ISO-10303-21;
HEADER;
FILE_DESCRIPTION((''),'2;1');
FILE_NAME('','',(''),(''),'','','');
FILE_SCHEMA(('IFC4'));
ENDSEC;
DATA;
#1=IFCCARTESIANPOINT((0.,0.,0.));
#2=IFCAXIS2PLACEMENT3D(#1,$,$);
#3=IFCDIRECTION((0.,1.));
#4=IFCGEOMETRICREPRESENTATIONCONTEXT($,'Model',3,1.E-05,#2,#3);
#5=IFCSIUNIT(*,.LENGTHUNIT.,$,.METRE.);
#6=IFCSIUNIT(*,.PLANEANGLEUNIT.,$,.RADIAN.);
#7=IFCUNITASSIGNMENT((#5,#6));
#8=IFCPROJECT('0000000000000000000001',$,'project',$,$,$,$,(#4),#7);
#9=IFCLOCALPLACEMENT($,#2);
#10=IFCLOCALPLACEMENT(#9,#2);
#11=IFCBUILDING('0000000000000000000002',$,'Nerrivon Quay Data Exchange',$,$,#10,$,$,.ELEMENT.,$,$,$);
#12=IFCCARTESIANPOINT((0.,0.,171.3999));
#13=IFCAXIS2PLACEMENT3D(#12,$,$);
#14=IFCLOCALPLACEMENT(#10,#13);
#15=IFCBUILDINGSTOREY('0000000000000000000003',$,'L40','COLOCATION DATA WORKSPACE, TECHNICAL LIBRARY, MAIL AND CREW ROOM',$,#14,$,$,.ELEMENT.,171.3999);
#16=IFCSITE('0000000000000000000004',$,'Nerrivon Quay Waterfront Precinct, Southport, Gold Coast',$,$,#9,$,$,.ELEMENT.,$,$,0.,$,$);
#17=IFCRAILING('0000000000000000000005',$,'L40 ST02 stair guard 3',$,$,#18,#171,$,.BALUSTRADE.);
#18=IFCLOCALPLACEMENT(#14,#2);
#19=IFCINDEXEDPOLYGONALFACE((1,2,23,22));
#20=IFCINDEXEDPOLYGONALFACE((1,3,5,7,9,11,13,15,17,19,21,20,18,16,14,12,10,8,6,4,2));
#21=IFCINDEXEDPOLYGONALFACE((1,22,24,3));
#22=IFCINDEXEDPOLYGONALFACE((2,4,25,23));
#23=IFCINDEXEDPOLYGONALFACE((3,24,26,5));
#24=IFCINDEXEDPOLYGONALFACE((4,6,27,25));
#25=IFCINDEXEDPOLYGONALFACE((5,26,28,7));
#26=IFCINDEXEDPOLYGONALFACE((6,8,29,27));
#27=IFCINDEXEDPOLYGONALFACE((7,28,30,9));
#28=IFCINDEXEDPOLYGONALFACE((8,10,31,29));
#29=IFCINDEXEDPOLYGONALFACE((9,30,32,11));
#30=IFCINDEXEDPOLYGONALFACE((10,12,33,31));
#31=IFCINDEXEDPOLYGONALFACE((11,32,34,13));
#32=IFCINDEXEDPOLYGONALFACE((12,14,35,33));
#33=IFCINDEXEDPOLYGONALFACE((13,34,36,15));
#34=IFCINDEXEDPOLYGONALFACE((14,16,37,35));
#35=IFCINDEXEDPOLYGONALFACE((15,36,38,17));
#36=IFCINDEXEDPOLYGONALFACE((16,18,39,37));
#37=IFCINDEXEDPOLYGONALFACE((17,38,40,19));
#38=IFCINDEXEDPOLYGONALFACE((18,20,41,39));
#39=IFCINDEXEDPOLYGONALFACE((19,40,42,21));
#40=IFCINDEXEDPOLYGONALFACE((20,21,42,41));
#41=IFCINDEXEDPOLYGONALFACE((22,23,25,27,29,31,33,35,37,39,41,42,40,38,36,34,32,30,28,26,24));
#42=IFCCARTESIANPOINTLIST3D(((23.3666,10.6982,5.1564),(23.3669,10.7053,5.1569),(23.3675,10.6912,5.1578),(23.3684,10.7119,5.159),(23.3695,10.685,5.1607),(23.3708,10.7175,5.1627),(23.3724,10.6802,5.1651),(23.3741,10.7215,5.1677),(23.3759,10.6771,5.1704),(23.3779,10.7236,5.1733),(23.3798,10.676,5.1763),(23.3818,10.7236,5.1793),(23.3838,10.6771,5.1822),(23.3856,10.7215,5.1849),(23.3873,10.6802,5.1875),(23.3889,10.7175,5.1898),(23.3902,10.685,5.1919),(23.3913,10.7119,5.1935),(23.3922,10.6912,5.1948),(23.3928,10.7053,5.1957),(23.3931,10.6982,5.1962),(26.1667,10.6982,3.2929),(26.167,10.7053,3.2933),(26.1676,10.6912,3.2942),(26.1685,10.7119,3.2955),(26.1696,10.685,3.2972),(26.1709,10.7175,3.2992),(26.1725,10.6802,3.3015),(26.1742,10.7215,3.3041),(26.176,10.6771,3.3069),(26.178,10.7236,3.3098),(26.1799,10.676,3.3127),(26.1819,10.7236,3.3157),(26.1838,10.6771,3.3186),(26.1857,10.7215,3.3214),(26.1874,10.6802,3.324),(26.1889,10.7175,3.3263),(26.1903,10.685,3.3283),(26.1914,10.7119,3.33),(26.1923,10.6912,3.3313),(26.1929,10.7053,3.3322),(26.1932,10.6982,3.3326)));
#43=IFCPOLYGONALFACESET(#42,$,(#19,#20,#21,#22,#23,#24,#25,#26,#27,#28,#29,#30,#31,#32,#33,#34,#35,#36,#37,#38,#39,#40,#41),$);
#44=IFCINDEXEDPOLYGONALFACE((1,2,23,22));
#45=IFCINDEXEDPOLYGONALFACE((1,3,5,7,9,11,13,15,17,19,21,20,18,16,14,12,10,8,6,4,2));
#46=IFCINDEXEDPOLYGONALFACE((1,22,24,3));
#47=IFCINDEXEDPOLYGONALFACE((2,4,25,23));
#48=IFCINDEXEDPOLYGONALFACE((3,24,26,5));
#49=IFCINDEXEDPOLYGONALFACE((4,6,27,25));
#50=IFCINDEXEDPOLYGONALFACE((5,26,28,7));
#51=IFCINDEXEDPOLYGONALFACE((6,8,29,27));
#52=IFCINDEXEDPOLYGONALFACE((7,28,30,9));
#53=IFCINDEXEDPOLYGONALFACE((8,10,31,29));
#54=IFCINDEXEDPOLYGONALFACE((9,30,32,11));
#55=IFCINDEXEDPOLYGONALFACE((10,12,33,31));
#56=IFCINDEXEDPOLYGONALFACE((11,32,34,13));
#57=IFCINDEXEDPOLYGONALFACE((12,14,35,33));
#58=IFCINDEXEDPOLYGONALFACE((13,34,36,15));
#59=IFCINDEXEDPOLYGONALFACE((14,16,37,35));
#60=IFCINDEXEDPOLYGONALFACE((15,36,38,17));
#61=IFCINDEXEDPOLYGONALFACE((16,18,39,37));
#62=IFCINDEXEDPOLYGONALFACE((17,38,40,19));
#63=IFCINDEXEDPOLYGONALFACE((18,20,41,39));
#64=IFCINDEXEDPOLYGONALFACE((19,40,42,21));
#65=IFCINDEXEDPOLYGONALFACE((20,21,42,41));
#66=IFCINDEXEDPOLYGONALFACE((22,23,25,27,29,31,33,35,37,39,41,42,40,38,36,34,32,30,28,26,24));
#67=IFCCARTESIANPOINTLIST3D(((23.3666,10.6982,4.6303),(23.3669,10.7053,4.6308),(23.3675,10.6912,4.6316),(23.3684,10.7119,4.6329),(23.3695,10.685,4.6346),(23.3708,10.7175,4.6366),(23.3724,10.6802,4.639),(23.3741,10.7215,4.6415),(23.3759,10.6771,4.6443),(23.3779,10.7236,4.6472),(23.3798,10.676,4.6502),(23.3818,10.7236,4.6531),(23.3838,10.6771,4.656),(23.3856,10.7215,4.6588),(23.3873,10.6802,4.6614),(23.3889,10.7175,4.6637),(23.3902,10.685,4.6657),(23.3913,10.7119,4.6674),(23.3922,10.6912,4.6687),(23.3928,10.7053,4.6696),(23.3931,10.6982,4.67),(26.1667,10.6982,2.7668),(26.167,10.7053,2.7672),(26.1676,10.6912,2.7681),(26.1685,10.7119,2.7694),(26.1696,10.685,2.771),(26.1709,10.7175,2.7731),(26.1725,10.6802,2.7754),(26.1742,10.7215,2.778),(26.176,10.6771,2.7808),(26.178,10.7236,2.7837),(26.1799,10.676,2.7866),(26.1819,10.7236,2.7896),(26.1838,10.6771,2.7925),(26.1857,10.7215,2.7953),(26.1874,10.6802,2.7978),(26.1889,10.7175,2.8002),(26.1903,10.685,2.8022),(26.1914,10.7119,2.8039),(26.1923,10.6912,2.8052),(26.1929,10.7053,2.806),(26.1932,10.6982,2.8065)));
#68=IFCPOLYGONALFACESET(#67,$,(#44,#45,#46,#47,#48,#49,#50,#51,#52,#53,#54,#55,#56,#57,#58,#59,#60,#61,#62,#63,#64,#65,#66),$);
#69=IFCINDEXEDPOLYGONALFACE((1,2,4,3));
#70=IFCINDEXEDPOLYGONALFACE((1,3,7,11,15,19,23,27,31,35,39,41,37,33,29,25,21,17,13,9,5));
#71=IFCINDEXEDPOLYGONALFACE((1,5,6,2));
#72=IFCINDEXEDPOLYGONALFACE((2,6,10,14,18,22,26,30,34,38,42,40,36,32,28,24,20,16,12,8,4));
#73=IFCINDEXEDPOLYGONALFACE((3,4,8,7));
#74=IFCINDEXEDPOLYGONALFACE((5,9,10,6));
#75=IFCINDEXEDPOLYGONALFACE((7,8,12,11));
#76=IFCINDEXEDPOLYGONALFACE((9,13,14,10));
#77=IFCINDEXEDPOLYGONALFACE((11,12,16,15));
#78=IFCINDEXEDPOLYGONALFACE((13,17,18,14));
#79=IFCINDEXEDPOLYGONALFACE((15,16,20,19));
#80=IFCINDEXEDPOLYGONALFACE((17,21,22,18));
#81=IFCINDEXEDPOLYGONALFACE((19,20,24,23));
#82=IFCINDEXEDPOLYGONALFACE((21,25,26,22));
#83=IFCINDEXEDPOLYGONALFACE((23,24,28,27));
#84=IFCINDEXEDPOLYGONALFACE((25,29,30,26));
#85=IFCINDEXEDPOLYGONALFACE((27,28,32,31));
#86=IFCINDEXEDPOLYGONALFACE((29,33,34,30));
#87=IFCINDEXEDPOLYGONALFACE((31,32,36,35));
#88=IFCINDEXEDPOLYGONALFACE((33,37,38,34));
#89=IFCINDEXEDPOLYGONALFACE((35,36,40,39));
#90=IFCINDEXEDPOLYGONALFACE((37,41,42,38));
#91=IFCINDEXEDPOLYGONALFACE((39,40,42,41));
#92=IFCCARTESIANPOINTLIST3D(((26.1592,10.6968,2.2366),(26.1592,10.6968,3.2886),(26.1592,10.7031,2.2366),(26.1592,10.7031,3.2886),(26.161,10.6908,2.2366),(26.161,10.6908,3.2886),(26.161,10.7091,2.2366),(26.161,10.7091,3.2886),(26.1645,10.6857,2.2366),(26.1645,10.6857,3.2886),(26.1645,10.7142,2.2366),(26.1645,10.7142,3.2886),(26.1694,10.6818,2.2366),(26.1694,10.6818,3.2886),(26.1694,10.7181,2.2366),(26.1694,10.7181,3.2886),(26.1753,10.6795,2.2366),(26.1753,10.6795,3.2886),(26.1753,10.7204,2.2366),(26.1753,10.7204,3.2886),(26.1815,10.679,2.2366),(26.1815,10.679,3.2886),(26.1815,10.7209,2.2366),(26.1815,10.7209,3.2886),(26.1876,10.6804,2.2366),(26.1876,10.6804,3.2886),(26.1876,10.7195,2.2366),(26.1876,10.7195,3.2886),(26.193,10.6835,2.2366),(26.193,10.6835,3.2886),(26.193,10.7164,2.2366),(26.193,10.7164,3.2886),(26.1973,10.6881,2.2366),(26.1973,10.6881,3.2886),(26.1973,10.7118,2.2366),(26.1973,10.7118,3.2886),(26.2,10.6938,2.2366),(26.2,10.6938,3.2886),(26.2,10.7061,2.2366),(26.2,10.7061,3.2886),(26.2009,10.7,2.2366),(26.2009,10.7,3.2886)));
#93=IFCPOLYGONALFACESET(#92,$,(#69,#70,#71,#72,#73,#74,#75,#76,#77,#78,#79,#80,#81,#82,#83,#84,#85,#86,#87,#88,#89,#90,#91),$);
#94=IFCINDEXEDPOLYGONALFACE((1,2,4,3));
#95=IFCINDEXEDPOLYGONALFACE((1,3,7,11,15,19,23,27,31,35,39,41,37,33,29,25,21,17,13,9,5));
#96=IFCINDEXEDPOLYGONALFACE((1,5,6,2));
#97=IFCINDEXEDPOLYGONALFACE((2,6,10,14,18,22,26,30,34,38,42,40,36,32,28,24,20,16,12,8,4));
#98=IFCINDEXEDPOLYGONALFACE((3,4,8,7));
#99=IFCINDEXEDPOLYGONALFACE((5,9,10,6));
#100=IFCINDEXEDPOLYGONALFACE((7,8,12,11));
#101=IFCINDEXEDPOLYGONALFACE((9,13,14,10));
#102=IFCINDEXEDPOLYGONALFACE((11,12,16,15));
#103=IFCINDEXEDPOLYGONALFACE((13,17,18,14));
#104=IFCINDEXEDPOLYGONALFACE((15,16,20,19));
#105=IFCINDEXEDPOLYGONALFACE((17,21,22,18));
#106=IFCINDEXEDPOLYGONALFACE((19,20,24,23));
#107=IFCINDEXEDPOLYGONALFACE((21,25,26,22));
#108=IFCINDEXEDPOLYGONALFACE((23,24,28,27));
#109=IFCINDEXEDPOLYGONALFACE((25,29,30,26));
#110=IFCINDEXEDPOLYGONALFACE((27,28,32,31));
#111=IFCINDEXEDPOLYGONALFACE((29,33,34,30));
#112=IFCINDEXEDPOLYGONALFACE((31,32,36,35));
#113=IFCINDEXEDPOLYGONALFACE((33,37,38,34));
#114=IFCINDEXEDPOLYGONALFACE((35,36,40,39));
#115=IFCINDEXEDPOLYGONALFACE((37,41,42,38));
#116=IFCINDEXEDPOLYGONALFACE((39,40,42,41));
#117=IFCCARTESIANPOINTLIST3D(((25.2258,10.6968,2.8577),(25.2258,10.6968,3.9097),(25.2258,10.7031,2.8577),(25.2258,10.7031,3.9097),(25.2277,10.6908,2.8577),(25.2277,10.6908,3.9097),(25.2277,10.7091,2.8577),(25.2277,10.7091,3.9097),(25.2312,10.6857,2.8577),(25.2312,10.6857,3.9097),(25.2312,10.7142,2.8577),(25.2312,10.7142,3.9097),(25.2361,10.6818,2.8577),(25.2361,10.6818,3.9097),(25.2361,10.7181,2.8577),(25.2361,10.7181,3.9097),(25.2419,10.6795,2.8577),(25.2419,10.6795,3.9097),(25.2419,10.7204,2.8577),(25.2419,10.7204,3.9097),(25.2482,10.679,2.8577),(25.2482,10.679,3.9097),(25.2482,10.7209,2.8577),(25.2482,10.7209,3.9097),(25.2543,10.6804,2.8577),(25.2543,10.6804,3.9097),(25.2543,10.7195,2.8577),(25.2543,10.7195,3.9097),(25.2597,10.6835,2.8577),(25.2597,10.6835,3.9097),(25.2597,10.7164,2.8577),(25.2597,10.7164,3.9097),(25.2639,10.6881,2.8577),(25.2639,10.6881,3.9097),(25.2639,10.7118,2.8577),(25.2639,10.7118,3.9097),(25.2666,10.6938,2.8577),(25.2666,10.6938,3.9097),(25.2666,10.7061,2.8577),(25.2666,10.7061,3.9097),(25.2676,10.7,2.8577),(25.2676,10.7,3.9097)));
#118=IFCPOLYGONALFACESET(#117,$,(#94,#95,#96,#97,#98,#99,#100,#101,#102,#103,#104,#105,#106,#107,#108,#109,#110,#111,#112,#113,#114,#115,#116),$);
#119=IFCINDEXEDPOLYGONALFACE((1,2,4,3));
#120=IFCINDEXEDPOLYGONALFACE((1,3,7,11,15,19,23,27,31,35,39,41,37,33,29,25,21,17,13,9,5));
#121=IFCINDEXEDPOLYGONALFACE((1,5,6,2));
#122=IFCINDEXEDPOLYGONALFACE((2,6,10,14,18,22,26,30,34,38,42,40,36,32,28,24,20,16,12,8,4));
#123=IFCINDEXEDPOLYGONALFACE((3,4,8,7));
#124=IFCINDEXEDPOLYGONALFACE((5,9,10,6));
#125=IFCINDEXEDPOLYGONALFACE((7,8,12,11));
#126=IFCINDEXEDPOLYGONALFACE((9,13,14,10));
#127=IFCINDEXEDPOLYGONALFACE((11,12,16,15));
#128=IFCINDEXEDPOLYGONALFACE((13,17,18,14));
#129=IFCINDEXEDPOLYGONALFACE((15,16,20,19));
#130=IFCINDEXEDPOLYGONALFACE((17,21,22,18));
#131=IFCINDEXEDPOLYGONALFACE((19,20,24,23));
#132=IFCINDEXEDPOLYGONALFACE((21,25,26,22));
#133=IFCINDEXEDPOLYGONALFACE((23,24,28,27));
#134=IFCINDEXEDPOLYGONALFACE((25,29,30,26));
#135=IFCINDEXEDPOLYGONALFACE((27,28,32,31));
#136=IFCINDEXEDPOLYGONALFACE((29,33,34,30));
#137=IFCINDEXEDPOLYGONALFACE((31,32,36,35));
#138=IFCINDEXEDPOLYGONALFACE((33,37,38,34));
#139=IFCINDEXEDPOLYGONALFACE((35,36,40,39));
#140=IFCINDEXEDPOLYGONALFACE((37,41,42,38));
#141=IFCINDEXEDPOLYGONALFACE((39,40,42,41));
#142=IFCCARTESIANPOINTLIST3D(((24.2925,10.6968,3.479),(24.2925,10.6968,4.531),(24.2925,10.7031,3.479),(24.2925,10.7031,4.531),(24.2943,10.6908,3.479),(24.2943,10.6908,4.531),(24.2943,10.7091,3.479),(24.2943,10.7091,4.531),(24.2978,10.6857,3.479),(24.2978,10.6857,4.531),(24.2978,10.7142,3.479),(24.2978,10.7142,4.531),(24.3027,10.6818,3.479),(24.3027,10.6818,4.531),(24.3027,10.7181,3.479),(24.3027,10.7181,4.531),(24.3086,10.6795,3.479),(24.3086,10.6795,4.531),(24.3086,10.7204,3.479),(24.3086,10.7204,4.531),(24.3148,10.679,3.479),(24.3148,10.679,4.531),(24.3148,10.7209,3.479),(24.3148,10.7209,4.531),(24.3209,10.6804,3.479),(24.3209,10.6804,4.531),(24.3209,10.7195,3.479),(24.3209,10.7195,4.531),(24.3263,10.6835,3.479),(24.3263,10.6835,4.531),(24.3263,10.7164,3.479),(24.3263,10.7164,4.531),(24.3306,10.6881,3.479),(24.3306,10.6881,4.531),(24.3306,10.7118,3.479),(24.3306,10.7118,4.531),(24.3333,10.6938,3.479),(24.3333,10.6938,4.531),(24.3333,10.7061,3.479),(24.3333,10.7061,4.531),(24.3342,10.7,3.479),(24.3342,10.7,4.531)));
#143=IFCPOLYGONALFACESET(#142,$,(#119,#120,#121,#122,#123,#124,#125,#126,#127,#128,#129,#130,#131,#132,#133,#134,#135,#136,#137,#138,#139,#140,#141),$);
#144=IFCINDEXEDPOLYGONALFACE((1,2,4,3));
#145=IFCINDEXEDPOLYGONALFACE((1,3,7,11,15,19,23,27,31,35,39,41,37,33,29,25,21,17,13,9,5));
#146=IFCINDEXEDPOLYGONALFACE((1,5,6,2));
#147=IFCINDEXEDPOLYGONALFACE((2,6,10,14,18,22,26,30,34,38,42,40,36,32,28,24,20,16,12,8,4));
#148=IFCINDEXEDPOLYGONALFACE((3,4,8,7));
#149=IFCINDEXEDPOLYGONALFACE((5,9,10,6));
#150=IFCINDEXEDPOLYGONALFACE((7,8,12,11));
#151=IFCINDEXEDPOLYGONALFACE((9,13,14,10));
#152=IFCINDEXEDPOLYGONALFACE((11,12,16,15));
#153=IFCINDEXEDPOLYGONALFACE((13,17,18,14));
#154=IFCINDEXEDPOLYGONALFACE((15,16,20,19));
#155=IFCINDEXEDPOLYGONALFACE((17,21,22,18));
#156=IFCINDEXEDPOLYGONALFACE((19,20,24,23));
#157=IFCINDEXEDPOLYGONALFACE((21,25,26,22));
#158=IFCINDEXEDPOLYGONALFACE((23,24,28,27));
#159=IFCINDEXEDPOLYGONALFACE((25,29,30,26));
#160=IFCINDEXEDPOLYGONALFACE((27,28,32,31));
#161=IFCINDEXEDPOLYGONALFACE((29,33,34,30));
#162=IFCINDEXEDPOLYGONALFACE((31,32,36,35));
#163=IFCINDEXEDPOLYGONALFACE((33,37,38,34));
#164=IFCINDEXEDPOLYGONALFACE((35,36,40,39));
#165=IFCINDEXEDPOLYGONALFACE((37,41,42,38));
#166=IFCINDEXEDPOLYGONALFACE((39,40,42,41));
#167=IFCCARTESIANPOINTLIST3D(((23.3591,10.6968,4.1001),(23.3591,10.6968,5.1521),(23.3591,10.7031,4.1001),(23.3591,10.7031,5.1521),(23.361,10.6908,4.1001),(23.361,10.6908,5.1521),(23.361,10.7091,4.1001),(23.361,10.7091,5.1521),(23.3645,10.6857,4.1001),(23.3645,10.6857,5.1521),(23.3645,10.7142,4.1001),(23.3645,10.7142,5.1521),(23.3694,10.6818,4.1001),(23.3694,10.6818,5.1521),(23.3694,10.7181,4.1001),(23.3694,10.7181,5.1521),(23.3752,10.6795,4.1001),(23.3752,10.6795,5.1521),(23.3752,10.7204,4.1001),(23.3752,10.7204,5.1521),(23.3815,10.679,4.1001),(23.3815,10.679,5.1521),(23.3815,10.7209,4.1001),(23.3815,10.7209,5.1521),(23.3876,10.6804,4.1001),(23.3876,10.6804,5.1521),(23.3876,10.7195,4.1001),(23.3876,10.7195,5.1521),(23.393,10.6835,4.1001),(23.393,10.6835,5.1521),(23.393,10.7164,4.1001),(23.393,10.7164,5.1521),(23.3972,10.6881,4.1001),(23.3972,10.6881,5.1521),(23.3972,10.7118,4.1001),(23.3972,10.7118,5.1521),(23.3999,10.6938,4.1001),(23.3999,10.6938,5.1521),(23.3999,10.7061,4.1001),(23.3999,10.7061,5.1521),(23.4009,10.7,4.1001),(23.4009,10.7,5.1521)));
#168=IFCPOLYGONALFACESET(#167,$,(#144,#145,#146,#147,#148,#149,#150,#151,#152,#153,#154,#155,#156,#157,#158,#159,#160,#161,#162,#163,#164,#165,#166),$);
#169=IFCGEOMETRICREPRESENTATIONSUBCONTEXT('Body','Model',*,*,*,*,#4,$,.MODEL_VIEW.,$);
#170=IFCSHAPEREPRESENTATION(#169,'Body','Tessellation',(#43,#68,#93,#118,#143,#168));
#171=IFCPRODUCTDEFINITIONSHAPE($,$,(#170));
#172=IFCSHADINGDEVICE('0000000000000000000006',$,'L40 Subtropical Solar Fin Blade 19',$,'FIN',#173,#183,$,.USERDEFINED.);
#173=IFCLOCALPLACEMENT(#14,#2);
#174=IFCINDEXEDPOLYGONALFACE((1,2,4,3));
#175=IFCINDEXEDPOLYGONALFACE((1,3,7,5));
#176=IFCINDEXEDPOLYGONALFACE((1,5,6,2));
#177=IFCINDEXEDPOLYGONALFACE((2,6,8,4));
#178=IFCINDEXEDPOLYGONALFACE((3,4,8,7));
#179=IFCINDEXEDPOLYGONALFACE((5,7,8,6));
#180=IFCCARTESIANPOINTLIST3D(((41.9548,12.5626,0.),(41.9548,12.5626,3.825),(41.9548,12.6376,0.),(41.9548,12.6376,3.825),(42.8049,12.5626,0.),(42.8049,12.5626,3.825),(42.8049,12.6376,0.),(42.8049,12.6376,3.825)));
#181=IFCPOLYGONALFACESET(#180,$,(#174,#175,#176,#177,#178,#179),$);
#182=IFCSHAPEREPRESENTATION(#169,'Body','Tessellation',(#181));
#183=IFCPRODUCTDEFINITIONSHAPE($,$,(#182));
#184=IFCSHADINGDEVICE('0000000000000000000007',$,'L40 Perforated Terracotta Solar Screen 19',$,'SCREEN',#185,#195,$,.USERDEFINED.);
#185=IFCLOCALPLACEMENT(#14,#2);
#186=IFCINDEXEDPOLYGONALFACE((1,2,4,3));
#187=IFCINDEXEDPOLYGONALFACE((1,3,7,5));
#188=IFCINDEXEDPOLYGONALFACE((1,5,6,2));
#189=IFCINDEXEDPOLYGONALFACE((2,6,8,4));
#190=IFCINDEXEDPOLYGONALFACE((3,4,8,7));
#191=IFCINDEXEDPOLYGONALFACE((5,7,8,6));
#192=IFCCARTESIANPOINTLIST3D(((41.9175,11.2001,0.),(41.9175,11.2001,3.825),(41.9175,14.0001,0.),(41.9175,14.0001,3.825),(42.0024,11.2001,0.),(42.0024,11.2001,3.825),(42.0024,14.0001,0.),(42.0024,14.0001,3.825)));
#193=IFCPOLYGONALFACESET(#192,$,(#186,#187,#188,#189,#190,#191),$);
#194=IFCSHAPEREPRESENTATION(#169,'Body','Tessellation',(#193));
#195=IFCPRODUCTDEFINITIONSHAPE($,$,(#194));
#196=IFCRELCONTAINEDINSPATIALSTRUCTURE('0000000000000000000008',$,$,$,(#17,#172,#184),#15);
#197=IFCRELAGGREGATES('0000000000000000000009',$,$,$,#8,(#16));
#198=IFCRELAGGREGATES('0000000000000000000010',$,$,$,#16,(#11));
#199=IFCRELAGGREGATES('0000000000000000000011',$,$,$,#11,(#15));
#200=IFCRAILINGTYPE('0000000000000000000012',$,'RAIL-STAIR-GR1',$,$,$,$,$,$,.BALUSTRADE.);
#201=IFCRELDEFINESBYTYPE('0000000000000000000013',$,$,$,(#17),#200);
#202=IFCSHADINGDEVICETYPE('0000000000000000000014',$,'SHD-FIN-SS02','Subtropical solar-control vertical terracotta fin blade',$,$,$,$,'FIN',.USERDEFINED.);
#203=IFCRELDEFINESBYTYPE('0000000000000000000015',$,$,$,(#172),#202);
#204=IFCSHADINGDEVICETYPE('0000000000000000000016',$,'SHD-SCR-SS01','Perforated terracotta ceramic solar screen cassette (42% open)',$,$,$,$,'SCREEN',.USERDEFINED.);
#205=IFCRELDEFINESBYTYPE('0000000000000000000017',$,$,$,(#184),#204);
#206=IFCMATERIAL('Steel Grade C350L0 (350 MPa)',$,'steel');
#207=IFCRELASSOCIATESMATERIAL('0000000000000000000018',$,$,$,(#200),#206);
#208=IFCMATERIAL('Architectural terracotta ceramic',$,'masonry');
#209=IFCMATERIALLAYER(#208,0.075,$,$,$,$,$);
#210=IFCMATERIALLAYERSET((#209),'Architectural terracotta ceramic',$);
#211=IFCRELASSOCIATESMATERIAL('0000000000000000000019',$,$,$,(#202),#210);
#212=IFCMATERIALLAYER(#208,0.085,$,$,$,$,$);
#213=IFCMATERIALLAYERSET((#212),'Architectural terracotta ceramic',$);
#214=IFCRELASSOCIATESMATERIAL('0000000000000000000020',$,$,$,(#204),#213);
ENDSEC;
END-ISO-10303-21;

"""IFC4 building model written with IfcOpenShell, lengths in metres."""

from ifc_helpers import new_model, si_unit, direction, frame, origin, origin_2d, place, context, subcontext, project, spatial, rectangle, circle, extrude, material, layer, layer_set, type_object, element, save


model = new_model("IFC4")

# Units and contexts
model_context = context("Model", 3, precision=1e-05, world=origin(), true_north=direction((0.0, 1.0)))
body_context = subcontext(model_context, "Body", "Model", "MODEL_VIEW")
ifc_project = project(units=[si_unit("LENGTHUNIT", "METRE"), si_unit("PLANEANGLEUNIT", "RADIAN")], contexts=[model_context])

# Site, building, storey
site_placement = place(None, origin())
site = spatial("IfcSite", under=ifc_project, at=site_placement, Name="Nerrivon Quay Waterfront Precinct, Southport, Gold Coast", CompositionType="ELEMENT", RefElevation=0.0)
building_placement = place(site_placement, origin())
building = spatial("IfcBuilding", under=site, at=building_placement, Name="Nerrivon Quay Data Exchange", CompositionType="ELEMENT")
storey_placement = place(building_placement, frame((0.0, 0.0, 171.3999)))
storey = spatial("IfcBuildingStorey", under=building, at=storey_placement, Name="L40", Description="COLOCATION DATA WORKSPACE, TECHNICAL LIBRARY, MAIL AND CREW ROOM", CompositionType="ELEMENT", Elevation=171.3999)

# Shared definitions
ifc_material_1 = material(Name="Steel Grade C350L0 (350 MPa)", Category="steel")

# Shared definitions
ifc_material_2 = material(Name="Architectural terracotta ceramic", Category="masonry")

# Railing
railing_type_1 = type_object("IfcRailingType", Name="RAIL-STAIR-GR1", PredefinedType="BALUSTRADE", material=ifc_material_1)
railing_1_placement = place(storey_placement, frame((26.1799, 10.7, 2.2366)))
element("IfcRailing", 1, at=railing_1_placement, inside=storey, type_object=railing_type_1, Name="L40 ST02 stair guard 3", PredefinedType="BALUSTRADE", context=body_context, shape_type="SweptSolid", body=[
    extrude(circle(Radius=0.0239, at=origin_2d()), frame((0.0, 0.0, 1.0762), z_axis=(-0.832486, 0.0, 0.554047), x_axis=(0.0, -1.0, 0.0)), (0.0, 0.0, 1.0), 3.3635),
    extrude(circle(Radius=0.0239, at=origin_2d()), frame((0.0, 0.0, 0.55), z_axis=(-0.832486, 0.0, 0.554047), x_axis=(0.0, -1.0, 0.0)), (0.0, 0.0, 1.0), 3.3635),
    extrude(circle(Radius=0.021, at=origin_2d()), origin(), (0.0, 0.0, 1.0), 1.052),
    extrude(circle(Radius=0.021, at=origin_2d()), frame((-0.9333, 0.0, 0.6211)), (0.0, 0.0, 1.0), 1.052),
    extrude(circle(Radius=0.021, at=origin_2d()), frame((-1.8667, 0.0, 1.2424)), (0.0, 0.0, 1.0), 1.052),
    extrude(circle(Radius=0.021, at=origin_2d()), frame((-2.8, 0.0, 1.8635)), (0.0, 0.0, 1.0), 1.052),
])

# Shading devices
ifc_layer_1 = layer(ifc_material_2, 0.075)
ifc_layer_set_1 = layer_set([ifc_layer_1], Name="Architectural terracotta ceramic")
shading_device_type_1 = type_object("IfcShadingDeviceType", Name="SHD-FIN-SS02", Description="Subtropical solar-control vertical terracotta fin blade", ElementType="FIN", PredefinedType="USERDEFINED", material=ifc_layer_set_1)
shading_device_1_placement = place(storey_placement, frame((42.3799, 12.6001, 0.0), z_axis=(0.0, 0.0, 1.0), x_axis=(0.0, -1.0, 0.0)))
element("IfcShadingDevice", 2, at=shading_device_1_placement, inside=storey, type_object=shading_device_type_1, Name="L40 Subtropical Solar Fin Blade 19", ObjectType="FIN", PredefinedType="USERDEFINED", context=body_context, shape_type="SweptSolid", body=[
    extrude(rectangle(XDim=0.075, YDim=0.8501, at=origin_2d()), origin(), (0.0, 0.0, 1.0), 3.825),
])
ifc_layer_2 = layer(ifc_material_2, 0.085)
ifc_layer_set_2 = layer_set([ifc_layer_2], Name="Architectural terracotta ceramic")
shading_device_type_2 = type_object("IfcShadingDeviceType", Name="SHD-SCR-SS01", Description="Perforated terracotta ceramic solar screen cassette (42% open)", ElementType="SCREEN", PredefinedType="USERDEFINED", material=ifc_layer_set_2)
shading_device_2_placement = place(storey_placement, frame((41.96, 12.6001, 0.0), z_axis=(0.0, 0.0, 1.0), x_axis=(0.0, -1.0, 0.0)))
element("IfcShadingDevice", 3, at=shading_device_2_placement, inside=storey, type_object=shading_device_type_2, Name="L40 Perforated Terracotta Solar Screen 19", ObjectType="SCREEN", PredefinedType="USERDEFINED", context=body_context, shape_type="SweptSolid", body=[
    extrude(rectangle(XDim=2.8, YDim=0.085, at=origin_2d()), origin(), (0.0, 0.0, 1.0), 3.825),
])

save(model, "model.ifc")
